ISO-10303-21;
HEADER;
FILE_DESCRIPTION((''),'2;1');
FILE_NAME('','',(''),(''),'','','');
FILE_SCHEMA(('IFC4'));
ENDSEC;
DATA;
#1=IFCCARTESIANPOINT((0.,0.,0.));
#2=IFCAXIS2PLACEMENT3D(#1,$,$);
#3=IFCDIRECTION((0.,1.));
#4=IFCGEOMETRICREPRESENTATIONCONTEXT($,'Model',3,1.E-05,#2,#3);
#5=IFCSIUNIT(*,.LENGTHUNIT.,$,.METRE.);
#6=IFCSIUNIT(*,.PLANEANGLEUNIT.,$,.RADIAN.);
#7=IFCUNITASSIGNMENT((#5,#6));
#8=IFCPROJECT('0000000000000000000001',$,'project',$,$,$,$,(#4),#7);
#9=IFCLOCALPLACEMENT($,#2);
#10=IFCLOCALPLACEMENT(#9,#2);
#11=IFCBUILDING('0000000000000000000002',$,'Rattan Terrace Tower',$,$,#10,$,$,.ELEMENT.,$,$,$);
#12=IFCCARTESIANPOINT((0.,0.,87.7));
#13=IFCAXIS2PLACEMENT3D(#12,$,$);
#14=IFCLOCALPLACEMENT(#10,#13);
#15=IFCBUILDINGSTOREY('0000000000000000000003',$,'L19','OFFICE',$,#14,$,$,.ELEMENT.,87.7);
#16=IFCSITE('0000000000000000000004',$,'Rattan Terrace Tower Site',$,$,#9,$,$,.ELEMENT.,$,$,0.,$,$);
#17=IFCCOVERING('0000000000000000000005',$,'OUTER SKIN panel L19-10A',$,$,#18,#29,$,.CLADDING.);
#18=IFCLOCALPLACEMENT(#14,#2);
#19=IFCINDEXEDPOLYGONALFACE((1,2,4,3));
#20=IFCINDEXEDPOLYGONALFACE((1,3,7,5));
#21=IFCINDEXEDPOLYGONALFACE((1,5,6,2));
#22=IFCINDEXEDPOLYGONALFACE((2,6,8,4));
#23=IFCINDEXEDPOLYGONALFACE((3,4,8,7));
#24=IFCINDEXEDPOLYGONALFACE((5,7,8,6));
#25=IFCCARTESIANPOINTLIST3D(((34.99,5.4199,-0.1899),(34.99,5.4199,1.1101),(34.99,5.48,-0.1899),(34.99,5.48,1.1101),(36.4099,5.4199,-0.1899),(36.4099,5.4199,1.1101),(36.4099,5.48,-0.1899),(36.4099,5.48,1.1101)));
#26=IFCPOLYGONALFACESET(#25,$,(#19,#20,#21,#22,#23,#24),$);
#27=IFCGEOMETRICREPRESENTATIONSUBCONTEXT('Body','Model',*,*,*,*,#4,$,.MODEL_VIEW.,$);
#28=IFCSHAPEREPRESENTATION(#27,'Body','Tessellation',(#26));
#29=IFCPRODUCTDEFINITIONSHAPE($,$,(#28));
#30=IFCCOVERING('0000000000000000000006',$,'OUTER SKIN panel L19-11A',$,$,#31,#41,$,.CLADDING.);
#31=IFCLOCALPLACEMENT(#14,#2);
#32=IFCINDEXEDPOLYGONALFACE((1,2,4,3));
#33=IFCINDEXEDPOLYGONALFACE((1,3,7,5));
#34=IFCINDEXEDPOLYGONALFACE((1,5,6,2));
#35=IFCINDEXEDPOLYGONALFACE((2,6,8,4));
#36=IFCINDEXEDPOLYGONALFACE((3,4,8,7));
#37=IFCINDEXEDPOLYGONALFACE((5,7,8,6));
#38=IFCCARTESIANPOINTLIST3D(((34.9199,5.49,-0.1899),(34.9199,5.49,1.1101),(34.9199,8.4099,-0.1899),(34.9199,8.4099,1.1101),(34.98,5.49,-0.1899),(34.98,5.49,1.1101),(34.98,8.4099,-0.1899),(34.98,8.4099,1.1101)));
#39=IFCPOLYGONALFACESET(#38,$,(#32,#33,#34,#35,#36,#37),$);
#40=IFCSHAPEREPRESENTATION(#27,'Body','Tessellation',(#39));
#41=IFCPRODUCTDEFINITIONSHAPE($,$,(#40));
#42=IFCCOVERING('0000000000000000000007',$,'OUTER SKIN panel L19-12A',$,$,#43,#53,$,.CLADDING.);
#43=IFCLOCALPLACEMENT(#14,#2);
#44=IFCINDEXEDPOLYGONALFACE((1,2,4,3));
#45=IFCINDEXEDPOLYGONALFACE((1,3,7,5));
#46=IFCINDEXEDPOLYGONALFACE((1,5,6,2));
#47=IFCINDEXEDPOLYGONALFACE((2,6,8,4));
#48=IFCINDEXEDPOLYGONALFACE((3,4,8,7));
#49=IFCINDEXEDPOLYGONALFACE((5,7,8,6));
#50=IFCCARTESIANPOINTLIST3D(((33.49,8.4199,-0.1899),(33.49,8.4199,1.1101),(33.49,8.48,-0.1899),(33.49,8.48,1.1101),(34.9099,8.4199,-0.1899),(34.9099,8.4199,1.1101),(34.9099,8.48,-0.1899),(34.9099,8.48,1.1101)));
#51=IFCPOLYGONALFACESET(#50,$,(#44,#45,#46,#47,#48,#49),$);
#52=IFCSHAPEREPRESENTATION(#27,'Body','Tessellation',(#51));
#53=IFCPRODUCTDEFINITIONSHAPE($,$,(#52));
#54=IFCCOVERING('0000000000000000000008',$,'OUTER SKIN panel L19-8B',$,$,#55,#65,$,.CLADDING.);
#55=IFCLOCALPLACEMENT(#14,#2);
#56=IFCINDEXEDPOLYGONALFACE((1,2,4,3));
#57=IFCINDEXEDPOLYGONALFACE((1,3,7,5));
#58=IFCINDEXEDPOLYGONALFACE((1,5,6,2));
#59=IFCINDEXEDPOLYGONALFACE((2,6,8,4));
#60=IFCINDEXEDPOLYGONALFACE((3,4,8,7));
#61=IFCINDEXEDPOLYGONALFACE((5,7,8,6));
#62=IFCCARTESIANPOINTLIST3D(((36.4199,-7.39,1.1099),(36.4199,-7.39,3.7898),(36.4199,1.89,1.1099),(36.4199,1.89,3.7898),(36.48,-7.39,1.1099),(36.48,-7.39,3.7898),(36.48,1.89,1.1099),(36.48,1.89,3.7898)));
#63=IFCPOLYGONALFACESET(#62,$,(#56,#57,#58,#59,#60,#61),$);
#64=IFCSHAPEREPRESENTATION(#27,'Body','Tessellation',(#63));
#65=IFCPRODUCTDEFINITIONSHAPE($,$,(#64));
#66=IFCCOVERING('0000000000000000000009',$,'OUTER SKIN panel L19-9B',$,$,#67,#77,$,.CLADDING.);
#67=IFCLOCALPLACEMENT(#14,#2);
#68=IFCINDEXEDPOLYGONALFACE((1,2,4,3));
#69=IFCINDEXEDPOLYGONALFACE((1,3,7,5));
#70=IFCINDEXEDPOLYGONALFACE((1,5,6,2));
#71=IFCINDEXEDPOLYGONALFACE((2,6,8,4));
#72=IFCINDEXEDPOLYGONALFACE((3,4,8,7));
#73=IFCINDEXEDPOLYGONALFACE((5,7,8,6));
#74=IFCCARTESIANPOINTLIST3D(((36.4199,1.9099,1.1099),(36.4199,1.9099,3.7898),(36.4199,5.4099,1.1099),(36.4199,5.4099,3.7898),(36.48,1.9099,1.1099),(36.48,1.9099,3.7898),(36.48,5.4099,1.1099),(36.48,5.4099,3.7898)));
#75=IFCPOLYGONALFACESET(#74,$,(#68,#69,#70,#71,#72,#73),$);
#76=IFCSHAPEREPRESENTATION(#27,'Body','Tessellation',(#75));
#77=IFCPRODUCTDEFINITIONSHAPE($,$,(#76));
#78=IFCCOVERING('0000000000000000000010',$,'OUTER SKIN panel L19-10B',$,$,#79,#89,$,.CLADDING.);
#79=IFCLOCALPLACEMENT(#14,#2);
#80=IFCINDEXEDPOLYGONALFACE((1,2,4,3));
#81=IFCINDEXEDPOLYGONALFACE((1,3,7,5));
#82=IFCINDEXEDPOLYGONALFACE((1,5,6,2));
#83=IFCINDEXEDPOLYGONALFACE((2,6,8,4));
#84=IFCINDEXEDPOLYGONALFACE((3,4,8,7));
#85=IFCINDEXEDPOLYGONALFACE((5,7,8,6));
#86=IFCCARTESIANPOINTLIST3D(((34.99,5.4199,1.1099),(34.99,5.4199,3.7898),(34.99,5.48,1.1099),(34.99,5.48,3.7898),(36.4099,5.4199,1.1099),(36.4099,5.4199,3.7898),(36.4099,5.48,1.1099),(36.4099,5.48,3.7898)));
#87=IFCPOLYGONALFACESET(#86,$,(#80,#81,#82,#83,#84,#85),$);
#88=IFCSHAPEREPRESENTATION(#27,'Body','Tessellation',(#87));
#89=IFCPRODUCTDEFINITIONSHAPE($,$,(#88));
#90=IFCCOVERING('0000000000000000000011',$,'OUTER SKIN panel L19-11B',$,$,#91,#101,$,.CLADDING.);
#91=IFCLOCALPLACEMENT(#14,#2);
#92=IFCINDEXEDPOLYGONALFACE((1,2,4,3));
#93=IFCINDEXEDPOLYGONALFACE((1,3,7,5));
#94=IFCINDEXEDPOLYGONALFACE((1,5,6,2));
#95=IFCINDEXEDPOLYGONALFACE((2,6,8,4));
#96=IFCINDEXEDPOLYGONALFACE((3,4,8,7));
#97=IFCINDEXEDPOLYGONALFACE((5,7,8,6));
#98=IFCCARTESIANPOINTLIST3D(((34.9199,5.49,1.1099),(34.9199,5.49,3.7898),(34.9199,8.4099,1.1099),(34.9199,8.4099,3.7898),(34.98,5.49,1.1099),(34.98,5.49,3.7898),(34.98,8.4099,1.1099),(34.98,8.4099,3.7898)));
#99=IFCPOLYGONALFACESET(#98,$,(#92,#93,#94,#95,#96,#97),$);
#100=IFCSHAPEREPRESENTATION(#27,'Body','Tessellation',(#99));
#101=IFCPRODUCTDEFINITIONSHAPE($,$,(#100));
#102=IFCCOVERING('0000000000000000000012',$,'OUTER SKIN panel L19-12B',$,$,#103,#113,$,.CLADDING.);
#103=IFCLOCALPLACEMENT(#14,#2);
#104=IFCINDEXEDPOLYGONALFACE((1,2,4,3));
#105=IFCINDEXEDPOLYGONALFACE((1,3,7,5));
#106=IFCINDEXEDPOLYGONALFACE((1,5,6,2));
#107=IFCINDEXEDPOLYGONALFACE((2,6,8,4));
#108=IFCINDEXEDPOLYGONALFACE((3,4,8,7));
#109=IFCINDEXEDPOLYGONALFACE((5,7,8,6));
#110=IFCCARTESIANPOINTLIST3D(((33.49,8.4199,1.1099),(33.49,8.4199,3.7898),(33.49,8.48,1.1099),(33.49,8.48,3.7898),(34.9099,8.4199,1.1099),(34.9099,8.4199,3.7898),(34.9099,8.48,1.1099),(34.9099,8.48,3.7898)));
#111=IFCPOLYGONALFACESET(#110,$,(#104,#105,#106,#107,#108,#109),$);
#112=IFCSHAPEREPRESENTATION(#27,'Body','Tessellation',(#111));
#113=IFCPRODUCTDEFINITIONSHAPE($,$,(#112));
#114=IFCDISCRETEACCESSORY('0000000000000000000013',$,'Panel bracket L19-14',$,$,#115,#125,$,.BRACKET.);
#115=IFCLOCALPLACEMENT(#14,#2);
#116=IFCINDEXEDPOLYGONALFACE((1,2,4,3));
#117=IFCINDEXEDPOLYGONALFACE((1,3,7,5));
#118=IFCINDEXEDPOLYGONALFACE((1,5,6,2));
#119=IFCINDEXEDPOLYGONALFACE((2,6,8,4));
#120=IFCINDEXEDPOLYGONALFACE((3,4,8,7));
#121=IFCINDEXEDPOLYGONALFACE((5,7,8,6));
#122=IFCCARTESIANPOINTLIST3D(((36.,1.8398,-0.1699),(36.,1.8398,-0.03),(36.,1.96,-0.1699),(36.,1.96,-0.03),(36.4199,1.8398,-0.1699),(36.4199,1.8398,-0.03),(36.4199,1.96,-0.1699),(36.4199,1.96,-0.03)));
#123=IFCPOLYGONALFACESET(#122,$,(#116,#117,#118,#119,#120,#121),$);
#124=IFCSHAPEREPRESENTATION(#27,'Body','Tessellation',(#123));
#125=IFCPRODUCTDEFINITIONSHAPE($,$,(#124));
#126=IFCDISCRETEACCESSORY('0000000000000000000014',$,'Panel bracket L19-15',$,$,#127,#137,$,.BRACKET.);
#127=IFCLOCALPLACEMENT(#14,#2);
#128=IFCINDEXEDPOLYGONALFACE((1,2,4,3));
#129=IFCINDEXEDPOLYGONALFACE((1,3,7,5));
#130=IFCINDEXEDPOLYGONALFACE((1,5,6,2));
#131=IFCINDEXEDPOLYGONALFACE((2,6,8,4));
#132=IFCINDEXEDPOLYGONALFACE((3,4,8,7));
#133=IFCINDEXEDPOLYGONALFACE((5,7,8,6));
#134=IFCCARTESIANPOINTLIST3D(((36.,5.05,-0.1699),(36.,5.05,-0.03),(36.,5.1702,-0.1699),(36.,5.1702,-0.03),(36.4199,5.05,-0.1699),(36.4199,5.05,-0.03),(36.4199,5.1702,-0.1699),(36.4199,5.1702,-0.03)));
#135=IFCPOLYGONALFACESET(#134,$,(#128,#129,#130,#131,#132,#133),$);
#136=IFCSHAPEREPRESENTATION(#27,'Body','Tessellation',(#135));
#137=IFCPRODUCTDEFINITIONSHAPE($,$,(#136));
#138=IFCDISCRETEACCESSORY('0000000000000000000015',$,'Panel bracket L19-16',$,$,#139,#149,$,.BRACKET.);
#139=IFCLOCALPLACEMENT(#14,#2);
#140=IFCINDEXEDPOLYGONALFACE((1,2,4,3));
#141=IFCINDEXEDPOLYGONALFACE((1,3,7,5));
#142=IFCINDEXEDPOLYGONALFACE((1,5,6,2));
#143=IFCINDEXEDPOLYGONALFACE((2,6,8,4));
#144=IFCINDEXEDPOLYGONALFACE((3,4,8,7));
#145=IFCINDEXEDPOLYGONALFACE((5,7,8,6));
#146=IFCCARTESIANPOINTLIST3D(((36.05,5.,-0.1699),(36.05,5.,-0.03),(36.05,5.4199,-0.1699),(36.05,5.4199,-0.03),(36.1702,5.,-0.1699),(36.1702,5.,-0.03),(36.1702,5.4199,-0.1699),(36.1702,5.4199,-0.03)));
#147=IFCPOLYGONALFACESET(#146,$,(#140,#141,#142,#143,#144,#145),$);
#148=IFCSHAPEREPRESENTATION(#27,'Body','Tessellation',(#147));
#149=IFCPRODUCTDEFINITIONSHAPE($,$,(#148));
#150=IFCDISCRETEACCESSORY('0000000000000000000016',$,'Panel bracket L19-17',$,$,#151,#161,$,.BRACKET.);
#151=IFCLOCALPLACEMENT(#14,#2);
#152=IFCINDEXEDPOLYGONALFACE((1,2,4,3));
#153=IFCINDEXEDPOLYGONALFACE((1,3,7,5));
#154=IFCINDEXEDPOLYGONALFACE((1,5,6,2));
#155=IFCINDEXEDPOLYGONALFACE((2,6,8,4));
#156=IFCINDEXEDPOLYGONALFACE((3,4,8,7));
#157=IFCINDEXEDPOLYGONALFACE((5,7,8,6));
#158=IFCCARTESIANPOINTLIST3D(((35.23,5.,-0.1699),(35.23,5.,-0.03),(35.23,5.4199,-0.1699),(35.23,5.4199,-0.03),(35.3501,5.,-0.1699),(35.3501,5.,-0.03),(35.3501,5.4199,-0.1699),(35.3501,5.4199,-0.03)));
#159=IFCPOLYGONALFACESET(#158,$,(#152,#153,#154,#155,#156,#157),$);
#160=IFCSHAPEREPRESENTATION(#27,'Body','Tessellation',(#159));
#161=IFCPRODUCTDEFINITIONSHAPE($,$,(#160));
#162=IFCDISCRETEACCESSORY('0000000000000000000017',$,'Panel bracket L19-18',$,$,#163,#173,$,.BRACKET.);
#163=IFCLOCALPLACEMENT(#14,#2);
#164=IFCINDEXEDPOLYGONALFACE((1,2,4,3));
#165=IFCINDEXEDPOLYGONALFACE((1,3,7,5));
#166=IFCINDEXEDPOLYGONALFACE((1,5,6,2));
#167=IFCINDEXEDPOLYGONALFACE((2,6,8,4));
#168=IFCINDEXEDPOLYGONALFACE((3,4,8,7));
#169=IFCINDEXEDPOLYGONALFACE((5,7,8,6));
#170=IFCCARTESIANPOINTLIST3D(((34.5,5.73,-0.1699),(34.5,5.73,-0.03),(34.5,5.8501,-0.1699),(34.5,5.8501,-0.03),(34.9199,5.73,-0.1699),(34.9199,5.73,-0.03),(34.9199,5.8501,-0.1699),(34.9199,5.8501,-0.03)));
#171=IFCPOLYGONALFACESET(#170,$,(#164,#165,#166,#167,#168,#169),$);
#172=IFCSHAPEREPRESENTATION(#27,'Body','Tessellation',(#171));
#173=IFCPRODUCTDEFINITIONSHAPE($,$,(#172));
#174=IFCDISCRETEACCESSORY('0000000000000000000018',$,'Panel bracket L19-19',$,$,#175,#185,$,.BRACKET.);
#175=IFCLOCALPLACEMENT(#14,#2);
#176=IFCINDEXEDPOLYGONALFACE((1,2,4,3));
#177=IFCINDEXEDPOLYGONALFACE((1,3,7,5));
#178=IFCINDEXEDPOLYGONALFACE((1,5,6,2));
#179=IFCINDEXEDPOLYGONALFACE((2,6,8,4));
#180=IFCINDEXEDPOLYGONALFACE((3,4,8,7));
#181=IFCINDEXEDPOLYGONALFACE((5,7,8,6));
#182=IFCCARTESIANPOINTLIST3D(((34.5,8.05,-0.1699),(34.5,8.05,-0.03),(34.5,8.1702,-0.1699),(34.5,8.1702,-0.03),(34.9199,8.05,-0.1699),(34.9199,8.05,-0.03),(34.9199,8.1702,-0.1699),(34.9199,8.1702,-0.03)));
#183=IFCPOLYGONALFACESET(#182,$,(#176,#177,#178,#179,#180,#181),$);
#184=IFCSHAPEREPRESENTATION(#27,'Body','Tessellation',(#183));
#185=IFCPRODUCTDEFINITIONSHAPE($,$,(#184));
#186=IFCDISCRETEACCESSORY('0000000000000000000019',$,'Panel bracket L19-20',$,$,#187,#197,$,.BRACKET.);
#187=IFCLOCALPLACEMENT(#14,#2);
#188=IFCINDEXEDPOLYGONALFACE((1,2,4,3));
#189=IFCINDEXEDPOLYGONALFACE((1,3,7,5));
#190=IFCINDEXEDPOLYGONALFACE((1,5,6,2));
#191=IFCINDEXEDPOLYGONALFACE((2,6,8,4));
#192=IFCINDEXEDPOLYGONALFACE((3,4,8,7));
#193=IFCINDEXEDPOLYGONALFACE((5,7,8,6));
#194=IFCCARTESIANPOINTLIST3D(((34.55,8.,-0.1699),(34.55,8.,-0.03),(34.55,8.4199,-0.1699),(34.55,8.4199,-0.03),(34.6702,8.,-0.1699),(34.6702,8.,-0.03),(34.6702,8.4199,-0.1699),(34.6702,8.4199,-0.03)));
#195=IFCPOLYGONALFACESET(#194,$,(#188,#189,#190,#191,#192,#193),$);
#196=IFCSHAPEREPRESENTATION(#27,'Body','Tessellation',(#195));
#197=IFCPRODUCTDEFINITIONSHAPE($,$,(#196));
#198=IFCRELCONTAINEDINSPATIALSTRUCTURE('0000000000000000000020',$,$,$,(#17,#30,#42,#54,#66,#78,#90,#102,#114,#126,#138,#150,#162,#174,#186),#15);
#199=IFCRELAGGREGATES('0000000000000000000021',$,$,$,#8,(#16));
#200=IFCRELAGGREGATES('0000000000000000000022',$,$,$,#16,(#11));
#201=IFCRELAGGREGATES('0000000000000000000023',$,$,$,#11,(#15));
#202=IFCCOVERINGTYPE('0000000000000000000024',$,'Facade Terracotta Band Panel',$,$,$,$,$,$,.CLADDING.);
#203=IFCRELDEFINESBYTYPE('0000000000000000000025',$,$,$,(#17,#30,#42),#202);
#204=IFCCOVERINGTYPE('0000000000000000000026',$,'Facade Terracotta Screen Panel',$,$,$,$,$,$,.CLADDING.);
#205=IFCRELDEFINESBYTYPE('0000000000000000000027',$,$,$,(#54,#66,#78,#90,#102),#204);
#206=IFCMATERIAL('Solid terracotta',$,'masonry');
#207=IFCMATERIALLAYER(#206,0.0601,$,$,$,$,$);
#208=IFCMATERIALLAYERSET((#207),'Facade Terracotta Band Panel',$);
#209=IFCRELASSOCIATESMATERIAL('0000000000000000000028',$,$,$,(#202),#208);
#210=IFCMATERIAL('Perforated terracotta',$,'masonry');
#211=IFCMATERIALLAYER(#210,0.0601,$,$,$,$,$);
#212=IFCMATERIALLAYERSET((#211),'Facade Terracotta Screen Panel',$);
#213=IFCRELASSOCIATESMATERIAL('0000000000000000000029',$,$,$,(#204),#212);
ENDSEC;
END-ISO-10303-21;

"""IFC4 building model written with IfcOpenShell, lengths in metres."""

from ifc_helpers import new_model, si_unit, direction, frame, origin, origin_2d, place, context, subcontext, project, spatial, rectangle, extrude, material, layer, layer_set, type_object, element, save


model = new_model("IFC4")

# Units and contexts
model_context = context("Model", 3, precision=1e-05, world=origin(), true_north=direction((0.0, 1.0)))
body_context = subcontext(model_context, "Body", "Model", "MODEL_VIEW")
ifc_project = project(units=[si_unit("LENGTHUNIT", "METRE"), si_unit("PLANEANGLEUNIT", "RADIAN")], contexts=[model_context])

# Site, building, storey
site_placement = place(None, origin())
site = spatial("IfcSite", under=ifc_project, at=site_placement, Name="Rattan Terrace Tower Site", CompositionType="ELEMENT", RefElevation=0.0)
building_placement = place(site_placement, origin())
building = spatial("IfcBuilding", under=site, at=building_placement, Name="Rattan Terrace Tower", CompositionType="ELEMENT")
storey_placement = place(building_placement, frame((0.0, 0.0, 87.7)))
storey = spatial("IfcBuildingStorey", under=building, at=storey_placement, Name="L19", Description="OFFICE", CompositionType="ELEMENT", Elevation=87.7)

# Coverings
ifc_material_1 = material(Name="Solid terracotta", Category="masonry")
ifc_layer_1 = layer(ifc_material_1, 0.0601)
ifc_layer_set_1 = layer_set([ifc_layer_1], Name="Facade Terracotta Band Panel")
covering_type_1 = type_object("IfcCoveringType", Name="Facade Terracotta Band Panel", PredefinedType="CLADDING", material=ifc_layer_set_1)
covering_1_placement = place(storey_placement, frame((35.7, 5.45, -0.1899), z_axis=(0.0, 0.0, 1.0), x_axis=(-1.0, 0.0, 0.0)))
element("IfcCovering", 1, at=covering_1_placement, inside=storey, type_object=covering_type_1, Name="OUTER SKIN panel L19-10A", PredefinedType="CLADDING", context=body_context, shape_type="SweptSolid", body=[
    extrude(rectangle(XDim=1.4199, YDim=0.0601, at=origin_2d()), origin(), (0.0, 0.0, 1.0), 1.3),
])
covering_2_placement = place(storey_placement, frame((34.95, 6.95, -0.1899), z_axis=(0.0, 0.0, 1.0), x_axis=(0.0, 1.0, 0.0)))
element("IfcCovering", 2, at=covering_2_placement, inside=storey, type_object=covering_type_1, Name="OUTER SKIN panel L19-11A", PredefinedType="CLADDING", context=body_context, shape_type="SweptSolid", body=[
    extrude(rectangle(XDim=2.9199, YDim=0.0601, at=origin_2d()), origin(), (0.0, 0.0, 1.0), 1.3),
])
covering_3_placement = place(storey_placement, frame((34.2, 8.45, -0.1899), z_axis=(0.0, 0.0, 1.0), x_axis=(-1.0, 0.0, 0.0)))
element("IfcCovering", 3, at=covering_3_placement, inside=storey, type_object=covering_type_1, Name="OUTER SKIN panel L19-12A", PredefinedType="CLADDING", context=body_context, shape_type="SweptSolid", body=[
    extrude(rectangle(XDim=1.4199, YDim=0.0601, at=origin_2d()), origin(), (0.0, 0.0, 1.0), 1.3),
])
ifc_material_2 = material(Name="Perforated terracotta", Category="masonry")
ifc_layer_2 = layer(ifc_material_2, 0.0601)
ifc_layer_set_2 = layer_set([ifc_layer_2], Name="Facade Terracotta Screen Panel")
covering_type_2 = type_object("IfcCoveringType", Name="Facade Terracotta Screen Panel", PredefinedType="CLADDING", material=ifc_layer_set_2)
covering_4_placement = place(storey_placement, frame((36.45, -2.75, 1.1099), z_axis=(0.0, 0.0, 1.0), x_axis=(0.0, 1.0, 0.0)))
element("IfcCovering", 4, at=covering_4_placement, inside=storey, type_object=covering_type_2, Name="OUTER SKIN panel L19-8B", PredefinedType="CLADDING", context=body_context, shape_type="SweptSolid", body=[
    extrude(rectangle(XDim=9.28, YDim=0.0601, at=origin_2d()), origin(), (0.0, 0.0, 1.0), 2.6799),
])
covering_5_placement = place(storey_placement, frame((36.45, 3.6599, 1.1099), z_axis=(0.0, 0.0, 1.0), x_axis=(0.0, 1.0, 0.0)))
element("IfcCovering", 5, at=covering_5_placement, inside=storey, type_object=covering_type_2, Name="OUTER SKIN panel L19-9B", PredefinedType="CLADDING", context=body_context, shape_type="SweptSolid", body=[
    extrude(rectangle(XDim=3.5, YDim=0.0601, at=origin_2d()), origin(), (0.0, 0.0, 1.0), 2.6799),
])
covering_6_placement = place(storey_placement, frame((35.7, 5.45, 1.1099), z_axis=(0.0, 0.0, 1.0), x_axis=(-1.0, 0.0, 0.0)))
element("IfcCovering", 6, at=covering_6_placement, inside=storey, type_object=covering_type_2, Name="OUTER SKIN panel L19-10B", PredefinedType="CLADDING", context=body_context, shape_type="SweptSolid", body=[
    extrude(rectangle(XDim=1.4199, YDim=0.0601, at=origin_2d()), origin(), (0.0, 0.0, 1.0), 2.6799),
])
covering_7_placement = place(storey_placement, frame((34.95, 6.95, 1.1099), z_axis=(0.0, 0.0, 1.0), x_axis=(0.0, 1.0, 0.0)))
element("IfcCovering", 7, at=covering_7_placement, inside=storey, type_object=covering_type_2, Name="OUTER SKIN panel L19-11B", PredefinedType="CLADDING", context=body_context, shape_type="SweptSolid", body=[
    extrude(rectangle(XDim=2.9199, YDim=0.0601, at=origin_2d()), origin(), (0.0, 0.0, 1.0), 2.6799),
])
covering_8_placement = place(storey_placement, frame((34.2, 8.45, 1.1099), z_axis=(0.0, 0.0, 1.0), x_axis=(-1.0, 0.0, 0.0)))
element("IfcCovering", 8, at=covering_8_placement, inside=storey, type_object=covering_type_2, Name="OUTER SKIN panel L19-12B", PredefinedType="CLADDING", context=body_context, shape_type="SweptSolid", body=[
    extrude(rectangle(XDim=1.4199, YDim=0.0601, at=origin_2d()), origin(), (0.0, 0.0, 1.0), 2.6799),
])

# Discrete accessories
for number, where, z_axis, x_axis, name in (
    (9, (36.21, 1.8999, -0.1699), (0.0, 0.0, 1.0), (0.0, 1.0, 0.0), "Panel bracket L19-14"),
    (10, (36.21, 5.1101, -0.1699), (0.0, 0.0, 1.0), (0.0, 1.0, 0.0), "Panel bracket L19-15"),
    (11, (36.1101, 5.21, -0.1699), (0.0, 0.0, 1.0), (-1.0, 0.0, 0.0), "Panel bracket L19-16"),
    (12, (35.29, 5.21, -0.1699), (0.0, 0.0, 1.0), (-1.0, 0.0, 0.0), "Panel bracket L19-17"),
    (13, (34.71, 5.79, -0.1699), (0.0, 0.0, 1.0), (0.0, 1.0, 0.0), "Panel bracket L19-18"),
    (14, (34.71, 8.1101, -0.1699), (0.0, 0.0, 1.0), (0.0, 1.0, 0.0), "Panel bracket L19-19"),
    (15, (34.6101, 8.21, -0.1699), (0.0, 0.0, 1.0), (-1.0, 0.0, 0.0), "Panel bracket L19-20"),
):
    element("IfcDiscreteAccessory", number, at=place(storey_placement, frame(where, z_axis=z_axis, x_axis=x_axis)), inside=storey, Name=name, PredefinedType="BRACKET", context=body_context, shape_type="SweptSolid", body=[
        extrude(rectangle(XDim=0.1201, YDim=0.4199, at=origin_2d()), origin(), (0.0, 0.0, 1.0), 0.1399),
    ])

save(model, "model.ifc")
